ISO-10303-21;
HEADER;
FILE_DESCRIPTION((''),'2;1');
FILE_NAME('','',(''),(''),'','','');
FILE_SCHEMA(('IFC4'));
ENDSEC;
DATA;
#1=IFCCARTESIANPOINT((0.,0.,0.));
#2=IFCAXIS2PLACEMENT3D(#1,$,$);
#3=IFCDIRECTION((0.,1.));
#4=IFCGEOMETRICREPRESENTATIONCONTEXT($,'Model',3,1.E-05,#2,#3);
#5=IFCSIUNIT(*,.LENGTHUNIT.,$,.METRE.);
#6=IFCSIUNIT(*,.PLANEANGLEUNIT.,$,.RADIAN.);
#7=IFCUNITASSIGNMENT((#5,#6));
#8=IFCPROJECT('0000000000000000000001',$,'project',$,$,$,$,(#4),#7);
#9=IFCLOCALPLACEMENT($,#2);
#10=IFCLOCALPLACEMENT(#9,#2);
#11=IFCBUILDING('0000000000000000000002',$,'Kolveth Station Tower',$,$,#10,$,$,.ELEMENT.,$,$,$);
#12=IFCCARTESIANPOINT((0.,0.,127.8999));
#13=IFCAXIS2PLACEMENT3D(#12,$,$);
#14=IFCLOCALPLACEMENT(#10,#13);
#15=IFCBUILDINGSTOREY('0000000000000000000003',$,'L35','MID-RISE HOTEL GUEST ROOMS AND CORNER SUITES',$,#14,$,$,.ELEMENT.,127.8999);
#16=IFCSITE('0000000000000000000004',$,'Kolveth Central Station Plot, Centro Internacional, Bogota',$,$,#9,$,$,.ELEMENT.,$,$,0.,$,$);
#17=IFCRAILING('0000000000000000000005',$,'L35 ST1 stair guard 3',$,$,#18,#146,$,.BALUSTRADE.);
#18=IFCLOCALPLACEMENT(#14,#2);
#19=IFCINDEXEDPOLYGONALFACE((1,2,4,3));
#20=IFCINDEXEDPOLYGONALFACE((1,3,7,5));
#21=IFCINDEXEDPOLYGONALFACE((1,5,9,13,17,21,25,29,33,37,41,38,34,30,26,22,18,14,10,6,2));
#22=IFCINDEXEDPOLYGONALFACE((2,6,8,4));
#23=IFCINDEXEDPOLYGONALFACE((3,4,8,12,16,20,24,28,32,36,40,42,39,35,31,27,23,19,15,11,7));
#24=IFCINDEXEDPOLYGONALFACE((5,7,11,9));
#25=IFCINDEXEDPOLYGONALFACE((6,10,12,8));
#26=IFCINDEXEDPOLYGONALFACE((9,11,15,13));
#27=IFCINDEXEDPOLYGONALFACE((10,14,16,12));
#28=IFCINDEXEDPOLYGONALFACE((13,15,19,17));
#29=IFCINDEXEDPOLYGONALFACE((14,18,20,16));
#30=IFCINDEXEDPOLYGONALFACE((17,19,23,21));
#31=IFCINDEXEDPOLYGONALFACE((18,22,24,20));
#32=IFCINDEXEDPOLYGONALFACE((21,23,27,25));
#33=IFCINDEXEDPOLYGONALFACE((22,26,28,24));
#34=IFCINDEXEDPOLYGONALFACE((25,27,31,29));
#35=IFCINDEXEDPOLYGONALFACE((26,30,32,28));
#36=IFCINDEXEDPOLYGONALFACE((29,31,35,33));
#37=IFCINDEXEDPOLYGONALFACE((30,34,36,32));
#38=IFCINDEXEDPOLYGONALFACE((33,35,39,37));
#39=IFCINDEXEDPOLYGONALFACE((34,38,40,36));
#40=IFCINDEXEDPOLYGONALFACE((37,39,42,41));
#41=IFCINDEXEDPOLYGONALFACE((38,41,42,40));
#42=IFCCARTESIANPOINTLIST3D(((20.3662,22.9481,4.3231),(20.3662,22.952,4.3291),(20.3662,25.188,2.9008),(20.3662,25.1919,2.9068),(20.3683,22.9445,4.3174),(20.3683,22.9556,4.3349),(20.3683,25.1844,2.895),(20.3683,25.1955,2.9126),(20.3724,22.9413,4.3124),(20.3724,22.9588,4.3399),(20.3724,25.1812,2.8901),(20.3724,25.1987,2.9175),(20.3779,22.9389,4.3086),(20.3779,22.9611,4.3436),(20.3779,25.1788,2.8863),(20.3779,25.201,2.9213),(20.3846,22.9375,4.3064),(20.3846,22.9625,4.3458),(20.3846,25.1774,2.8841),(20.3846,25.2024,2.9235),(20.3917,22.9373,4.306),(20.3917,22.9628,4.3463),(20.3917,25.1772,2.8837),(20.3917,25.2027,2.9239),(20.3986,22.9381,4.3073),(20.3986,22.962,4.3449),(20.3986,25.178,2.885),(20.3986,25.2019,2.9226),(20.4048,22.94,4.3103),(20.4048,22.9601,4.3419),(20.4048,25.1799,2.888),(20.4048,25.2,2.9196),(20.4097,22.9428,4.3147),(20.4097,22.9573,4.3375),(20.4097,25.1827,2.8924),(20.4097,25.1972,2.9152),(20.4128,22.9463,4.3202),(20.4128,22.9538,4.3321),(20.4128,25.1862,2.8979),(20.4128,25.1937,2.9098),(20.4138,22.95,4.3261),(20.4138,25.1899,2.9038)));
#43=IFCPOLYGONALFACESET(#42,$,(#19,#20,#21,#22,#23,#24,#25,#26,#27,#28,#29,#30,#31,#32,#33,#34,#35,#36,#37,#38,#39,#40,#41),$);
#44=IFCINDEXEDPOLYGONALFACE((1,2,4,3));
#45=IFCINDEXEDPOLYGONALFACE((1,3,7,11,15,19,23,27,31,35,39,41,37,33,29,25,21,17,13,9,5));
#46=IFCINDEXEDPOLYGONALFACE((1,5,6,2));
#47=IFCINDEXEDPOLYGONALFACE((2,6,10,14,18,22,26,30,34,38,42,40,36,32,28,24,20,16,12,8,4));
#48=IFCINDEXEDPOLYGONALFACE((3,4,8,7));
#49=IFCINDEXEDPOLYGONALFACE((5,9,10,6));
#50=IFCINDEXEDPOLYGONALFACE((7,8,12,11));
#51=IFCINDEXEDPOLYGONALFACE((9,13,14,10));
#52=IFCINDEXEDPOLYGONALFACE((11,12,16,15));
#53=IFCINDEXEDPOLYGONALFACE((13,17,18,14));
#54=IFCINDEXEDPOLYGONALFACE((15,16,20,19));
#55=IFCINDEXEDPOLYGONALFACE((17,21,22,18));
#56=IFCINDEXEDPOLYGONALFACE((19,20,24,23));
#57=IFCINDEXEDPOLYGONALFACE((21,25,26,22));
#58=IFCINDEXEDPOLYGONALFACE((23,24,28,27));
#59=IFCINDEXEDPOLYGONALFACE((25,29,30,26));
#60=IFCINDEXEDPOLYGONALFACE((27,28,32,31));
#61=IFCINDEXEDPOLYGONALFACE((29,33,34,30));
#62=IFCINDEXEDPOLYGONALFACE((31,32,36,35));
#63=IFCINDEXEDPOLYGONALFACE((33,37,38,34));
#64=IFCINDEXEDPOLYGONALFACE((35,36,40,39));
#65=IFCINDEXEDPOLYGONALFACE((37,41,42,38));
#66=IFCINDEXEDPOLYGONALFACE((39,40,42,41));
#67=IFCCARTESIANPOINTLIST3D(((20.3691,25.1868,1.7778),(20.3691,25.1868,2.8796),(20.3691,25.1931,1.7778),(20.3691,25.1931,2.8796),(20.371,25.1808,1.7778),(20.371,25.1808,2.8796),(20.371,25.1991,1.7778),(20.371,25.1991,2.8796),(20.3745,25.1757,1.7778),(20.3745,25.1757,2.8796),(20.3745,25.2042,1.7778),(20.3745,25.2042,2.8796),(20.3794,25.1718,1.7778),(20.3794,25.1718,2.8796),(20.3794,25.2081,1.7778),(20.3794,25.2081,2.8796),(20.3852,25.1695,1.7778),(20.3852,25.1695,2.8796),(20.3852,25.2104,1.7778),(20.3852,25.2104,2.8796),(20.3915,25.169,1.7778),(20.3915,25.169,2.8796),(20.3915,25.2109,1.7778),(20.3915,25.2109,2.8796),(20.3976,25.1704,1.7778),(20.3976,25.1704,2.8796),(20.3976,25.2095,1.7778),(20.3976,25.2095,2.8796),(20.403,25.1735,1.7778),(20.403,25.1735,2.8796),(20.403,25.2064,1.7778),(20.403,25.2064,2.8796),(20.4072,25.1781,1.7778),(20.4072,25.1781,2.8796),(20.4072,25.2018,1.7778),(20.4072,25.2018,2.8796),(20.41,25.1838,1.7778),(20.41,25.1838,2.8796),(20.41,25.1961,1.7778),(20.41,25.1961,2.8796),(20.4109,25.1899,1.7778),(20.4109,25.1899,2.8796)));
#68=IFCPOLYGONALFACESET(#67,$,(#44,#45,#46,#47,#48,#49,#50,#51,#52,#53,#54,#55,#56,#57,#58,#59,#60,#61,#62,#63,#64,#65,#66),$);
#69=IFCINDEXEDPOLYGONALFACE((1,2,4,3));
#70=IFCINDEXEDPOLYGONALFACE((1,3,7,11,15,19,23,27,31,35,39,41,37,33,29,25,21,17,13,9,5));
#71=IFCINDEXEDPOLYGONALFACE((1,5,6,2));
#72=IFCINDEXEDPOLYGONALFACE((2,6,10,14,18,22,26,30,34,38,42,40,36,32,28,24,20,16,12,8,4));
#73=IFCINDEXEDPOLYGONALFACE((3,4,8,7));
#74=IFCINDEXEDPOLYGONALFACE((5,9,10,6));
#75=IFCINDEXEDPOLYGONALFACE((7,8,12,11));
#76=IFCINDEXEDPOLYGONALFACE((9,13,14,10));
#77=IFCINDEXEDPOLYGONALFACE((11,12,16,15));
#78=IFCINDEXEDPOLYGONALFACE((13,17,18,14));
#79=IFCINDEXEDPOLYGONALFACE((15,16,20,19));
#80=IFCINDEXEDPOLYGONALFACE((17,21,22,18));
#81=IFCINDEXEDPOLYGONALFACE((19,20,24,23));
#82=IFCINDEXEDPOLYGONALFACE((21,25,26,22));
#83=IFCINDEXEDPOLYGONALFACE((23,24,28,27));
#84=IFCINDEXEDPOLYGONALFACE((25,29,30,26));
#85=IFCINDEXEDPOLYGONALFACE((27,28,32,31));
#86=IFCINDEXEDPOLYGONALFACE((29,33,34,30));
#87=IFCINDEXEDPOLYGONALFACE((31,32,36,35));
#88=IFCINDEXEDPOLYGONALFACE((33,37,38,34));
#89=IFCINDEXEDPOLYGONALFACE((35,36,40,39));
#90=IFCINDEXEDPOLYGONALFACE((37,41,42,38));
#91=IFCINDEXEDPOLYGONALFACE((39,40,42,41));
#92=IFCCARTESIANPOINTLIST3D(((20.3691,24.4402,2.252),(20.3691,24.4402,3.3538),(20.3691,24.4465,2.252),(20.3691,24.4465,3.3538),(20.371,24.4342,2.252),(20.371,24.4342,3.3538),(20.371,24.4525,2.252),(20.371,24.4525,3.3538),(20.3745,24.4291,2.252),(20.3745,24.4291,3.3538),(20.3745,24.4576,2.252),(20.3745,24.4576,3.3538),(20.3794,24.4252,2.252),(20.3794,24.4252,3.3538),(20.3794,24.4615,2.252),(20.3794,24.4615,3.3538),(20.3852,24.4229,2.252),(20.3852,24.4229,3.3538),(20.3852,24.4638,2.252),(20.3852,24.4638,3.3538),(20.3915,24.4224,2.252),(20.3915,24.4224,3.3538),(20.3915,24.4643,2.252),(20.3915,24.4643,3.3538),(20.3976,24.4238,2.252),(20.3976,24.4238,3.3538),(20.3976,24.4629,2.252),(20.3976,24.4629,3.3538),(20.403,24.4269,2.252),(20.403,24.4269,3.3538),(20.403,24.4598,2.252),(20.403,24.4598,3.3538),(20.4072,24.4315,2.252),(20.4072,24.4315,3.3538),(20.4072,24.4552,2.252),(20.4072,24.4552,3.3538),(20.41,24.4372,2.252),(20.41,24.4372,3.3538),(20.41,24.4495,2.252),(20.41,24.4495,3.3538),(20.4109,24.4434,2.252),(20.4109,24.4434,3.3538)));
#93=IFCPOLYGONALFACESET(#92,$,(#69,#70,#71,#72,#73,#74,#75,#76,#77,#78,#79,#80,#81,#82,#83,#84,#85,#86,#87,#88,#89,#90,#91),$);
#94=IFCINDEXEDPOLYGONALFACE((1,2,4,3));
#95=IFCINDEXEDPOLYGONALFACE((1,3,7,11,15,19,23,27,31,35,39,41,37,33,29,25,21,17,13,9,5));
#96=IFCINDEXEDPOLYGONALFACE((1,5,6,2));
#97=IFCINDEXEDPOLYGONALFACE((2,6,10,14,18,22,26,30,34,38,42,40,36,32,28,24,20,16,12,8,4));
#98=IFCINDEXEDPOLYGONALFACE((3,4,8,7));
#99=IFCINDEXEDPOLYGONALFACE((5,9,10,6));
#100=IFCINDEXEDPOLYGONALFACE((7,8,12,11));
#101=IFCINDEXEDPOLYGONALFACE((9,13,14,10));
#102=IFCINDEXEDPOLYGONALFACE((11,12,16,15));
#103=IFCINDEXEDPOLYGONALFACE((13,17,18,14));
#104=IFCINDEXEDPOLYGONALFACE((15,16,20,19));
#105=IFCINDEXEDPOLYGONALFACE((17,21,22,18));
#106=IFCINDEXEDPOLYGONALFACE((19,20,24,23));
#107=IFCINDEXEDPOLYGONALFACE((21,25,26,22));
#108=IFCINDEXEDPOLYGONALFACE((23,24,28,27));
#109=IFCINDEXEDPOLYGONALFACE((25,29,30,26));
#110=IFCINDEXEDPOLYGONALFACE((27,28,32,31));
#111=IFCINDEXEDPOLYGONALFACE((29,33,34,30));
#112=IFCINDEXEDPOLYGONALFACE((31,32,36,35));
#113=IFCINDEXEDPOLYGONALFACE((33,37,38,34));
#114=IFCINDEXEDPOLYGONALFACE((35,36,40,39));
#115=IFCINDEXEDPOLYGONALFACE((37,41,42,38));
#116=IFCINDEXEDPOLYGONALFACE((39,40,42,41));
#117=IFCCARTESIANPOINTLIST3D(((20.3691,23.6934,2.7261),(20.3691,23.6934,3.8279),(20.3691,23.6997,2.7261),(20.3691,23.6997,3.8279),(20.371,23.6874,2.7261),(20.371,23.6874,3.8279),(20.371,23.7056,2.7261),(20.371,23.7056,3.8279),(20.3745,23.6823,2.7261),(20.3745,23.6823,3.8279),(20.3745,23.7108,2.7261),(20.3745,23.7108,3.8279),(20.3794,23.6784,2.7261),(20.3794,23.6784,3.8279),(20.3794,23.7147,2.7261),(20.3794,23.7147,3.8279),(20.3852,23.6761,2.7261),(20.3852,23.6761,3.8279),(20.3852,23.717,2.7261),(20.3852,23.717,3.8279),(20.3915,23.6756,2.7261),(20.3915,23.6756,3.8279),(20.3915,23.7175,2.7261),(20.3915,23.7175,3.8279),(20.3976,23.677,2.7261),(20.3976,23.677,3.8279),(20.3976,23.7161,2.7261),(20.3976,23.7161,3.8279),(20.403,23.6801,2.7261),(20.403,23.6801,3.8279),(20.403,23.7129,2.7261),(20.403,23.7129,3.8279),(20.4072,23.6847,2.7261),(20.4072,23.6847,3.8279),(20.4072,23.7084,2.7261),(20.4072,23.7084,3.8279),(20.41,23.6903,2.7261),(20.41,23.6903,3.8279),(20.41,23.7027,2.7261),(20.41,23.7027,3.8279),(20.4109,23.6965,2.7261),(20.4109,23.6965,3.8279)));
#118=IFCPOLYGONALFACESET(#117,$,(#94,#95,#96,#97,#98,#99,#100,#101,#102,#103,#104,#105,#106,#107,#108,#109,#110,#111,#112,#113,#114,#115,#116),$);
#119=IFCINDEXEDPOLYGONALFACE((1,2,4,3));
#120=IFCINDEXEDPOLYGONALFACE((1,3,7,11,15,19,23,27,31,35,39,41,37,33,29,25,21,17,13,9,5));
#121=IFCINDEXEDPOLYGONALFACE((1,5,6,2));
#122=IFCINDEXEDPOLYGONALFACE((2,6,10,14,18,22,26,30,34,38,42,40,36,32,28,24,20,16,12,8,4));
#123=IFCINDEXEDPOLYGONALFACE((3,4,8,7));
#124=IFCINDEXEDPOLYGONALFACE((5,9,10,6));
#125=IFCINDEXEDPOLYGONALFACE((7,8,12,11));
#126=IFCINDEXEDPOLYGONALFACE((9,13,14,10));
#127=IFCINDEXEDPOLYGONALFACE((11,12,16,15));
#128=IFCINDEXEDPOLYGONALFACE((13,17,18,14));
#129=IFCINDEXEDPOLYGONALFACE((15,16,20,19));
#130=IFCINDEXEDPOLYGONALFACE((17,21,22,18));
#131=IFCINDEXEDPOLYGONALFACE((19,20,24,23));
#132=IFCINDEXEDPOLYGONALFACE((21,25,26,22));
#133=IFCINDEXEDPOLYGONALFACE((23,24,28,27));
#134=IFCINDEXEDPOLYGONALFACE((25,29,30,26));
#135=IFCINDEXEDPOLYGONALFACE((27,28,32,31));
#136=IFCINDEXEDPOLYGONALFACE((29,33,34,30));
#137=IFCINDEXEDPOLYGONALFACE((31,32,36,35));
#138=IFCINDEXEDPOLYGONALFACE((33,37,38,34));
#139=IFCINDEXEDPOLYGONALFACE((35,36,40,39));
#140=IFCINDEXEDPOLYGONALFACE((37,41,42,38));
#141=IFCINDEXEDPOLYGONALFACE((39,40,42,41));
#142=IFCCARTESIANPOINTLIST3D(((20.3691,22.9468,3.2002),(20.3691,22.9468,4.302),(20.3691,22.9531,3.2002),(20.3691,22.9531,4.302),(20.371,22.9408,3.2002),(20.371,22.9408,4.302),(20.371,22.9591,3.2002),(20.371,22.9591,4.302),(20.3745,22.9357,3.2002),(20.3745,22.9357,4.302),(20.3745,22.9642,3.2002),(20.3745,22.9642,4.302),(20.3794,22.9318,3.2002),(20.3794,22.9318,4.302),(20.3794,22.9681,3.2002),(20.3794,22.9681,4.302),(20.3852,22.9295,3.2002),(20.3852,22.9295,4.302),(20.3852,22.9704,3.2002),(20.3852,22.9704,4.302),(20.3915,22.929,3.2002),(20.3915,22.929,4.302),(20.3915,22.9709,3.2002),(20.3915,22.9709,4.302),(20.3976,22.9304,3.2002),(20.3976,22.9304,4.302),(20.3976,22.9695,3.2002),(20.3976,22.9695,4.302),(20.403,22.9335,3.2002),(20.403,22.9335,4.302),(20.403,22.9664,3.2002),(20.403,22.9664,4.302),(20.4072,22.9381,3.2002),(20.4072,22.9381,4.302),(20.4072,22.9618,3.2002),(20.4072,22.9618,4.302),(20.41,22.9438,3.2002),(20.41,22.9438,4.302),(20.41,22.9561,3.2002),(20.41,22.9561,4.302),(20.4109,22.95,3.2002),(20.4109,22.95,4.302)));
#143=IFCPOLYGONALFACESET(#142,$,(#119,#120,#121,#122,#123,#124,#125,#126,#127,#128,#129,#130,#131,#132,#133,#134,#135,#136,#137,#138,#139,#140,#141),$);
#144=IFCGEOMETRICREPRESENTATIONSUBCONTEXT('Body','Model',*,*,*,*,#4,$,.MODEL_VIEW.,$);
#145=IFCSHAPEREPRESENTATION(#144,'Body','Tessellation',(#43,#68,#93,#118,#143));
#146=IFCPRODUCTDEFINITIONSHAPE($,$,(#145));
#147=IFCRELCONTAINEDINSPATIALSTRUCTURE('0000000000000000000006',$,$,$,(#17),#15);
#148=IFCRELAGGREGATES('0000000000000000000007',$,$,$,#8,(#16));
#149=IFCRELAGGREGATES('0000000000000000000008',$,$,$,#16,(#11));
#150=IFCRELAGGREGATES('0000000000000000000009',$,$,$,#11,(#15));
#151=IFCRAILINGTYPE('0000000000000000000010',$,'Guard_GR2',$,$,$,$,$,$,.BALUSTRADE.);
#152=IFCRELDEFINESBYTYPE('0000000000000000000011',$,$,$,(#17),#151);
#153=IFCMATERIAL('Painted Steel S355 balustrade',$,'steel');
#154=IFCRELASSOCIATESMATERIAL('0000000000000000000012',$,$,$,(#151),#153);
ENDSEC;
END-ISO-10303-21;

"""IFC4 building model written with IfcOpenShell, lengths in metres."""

from ifc_helpers import new_model, si_unit, direction, frame, origin, origin_2d, place, context, subcontext, project, spatial, circle, extrude, material, type_object, element, save


model = new_model("IFC4")

# Units and contexts
model_context = context("Model", 3, precision=1e-05, world=origin(), true_north=direction((0.0, 1.0)))
body_context = subcontext(model_context, "Body", "Model", "MODEL_VIEW")
ifc_project = project(units=[si_unit("LENGTHUNIT", "METRE"), si_unit("PLANEANGLEUNIT", "RADIAN")], contexts=[model_context])

# Site, building, storey
site_placement = place(None, origin())
site = spatial("IfcSite", under=ifc_project, at=site_placement, Name="Kolveth Central Station Plot, Centro Internacional, Bogota", CompositionType="ELEMENT", RefElevation=0.0)
building_placement = place(site_placement, origin())
building = spatial("IfcBuilding", under=site, at=building_placement, Name="Kolveth Station Tower", CompositionType="ELEMENT")
storey_placement = place(building_placement, frame((0.0, 0.0, 127.8999)))
storey = spatial("IfcBuildingStorey", under=building, at=storey_placement, Name="L35", Description="MID-RISE HOTEL GUEST ROOMS AND CORNER SUITES", CompositionType="ELEMENT", Elevation=127.8999)

# Railing
ifc_material_1 = material(Name="Painted Steel S355 balustrade", Category="steel")
railing_type_1 = type_object("IfcRailingType", Name="Guard_GR2", PredefinedType="BALUSTRADE", material=ifc_material_1)
railing_1_placement = place(storey_placement, frame((20.3899, 25.1899, 1.7778)))
element("IfcRailing", 1, at=railing_1_placement, inside=storey, type_object=railing_type_1, Name="L35 ST1 stair guard 3", PredefinedType="BALUSTRADE", context=body_context, shape_type="SweptSolid", body=[
    extrude(circle(Radius=0.0239, at=origin_2d()), frame((0.0, 0.0, 1.126), z_axis=(0.0, -0.844188, 0.536048), x_axis=(1.0, 0.0, 0.0)), (0.0, 0.0, 1.0), 2.6533),
    extrude(circle(Radius=0.021, at=origin_2d()), origin(), (0.0, 0.0, 1.0), 1.1018),
    extrude(circle(Radius=0.021, at=origin_2d()), frame((0.0, -0.7466, 0.4741)), (0.0, 0.0, 1.0), 1.1018),
    extrude(circle(Radius=0.021, at=origin_2d()), frame((0.0, -1.4934, 0.9482)), (0.0, 0.0, 1.0), 1.1018),
    extrude(circle(Radius=0.021, at=origin_2d()), frame((0.0, -2.24, 1.4224)), (0.0, 0.0, 1.0), 1.1018),
])

save(model, "model.ifc")
